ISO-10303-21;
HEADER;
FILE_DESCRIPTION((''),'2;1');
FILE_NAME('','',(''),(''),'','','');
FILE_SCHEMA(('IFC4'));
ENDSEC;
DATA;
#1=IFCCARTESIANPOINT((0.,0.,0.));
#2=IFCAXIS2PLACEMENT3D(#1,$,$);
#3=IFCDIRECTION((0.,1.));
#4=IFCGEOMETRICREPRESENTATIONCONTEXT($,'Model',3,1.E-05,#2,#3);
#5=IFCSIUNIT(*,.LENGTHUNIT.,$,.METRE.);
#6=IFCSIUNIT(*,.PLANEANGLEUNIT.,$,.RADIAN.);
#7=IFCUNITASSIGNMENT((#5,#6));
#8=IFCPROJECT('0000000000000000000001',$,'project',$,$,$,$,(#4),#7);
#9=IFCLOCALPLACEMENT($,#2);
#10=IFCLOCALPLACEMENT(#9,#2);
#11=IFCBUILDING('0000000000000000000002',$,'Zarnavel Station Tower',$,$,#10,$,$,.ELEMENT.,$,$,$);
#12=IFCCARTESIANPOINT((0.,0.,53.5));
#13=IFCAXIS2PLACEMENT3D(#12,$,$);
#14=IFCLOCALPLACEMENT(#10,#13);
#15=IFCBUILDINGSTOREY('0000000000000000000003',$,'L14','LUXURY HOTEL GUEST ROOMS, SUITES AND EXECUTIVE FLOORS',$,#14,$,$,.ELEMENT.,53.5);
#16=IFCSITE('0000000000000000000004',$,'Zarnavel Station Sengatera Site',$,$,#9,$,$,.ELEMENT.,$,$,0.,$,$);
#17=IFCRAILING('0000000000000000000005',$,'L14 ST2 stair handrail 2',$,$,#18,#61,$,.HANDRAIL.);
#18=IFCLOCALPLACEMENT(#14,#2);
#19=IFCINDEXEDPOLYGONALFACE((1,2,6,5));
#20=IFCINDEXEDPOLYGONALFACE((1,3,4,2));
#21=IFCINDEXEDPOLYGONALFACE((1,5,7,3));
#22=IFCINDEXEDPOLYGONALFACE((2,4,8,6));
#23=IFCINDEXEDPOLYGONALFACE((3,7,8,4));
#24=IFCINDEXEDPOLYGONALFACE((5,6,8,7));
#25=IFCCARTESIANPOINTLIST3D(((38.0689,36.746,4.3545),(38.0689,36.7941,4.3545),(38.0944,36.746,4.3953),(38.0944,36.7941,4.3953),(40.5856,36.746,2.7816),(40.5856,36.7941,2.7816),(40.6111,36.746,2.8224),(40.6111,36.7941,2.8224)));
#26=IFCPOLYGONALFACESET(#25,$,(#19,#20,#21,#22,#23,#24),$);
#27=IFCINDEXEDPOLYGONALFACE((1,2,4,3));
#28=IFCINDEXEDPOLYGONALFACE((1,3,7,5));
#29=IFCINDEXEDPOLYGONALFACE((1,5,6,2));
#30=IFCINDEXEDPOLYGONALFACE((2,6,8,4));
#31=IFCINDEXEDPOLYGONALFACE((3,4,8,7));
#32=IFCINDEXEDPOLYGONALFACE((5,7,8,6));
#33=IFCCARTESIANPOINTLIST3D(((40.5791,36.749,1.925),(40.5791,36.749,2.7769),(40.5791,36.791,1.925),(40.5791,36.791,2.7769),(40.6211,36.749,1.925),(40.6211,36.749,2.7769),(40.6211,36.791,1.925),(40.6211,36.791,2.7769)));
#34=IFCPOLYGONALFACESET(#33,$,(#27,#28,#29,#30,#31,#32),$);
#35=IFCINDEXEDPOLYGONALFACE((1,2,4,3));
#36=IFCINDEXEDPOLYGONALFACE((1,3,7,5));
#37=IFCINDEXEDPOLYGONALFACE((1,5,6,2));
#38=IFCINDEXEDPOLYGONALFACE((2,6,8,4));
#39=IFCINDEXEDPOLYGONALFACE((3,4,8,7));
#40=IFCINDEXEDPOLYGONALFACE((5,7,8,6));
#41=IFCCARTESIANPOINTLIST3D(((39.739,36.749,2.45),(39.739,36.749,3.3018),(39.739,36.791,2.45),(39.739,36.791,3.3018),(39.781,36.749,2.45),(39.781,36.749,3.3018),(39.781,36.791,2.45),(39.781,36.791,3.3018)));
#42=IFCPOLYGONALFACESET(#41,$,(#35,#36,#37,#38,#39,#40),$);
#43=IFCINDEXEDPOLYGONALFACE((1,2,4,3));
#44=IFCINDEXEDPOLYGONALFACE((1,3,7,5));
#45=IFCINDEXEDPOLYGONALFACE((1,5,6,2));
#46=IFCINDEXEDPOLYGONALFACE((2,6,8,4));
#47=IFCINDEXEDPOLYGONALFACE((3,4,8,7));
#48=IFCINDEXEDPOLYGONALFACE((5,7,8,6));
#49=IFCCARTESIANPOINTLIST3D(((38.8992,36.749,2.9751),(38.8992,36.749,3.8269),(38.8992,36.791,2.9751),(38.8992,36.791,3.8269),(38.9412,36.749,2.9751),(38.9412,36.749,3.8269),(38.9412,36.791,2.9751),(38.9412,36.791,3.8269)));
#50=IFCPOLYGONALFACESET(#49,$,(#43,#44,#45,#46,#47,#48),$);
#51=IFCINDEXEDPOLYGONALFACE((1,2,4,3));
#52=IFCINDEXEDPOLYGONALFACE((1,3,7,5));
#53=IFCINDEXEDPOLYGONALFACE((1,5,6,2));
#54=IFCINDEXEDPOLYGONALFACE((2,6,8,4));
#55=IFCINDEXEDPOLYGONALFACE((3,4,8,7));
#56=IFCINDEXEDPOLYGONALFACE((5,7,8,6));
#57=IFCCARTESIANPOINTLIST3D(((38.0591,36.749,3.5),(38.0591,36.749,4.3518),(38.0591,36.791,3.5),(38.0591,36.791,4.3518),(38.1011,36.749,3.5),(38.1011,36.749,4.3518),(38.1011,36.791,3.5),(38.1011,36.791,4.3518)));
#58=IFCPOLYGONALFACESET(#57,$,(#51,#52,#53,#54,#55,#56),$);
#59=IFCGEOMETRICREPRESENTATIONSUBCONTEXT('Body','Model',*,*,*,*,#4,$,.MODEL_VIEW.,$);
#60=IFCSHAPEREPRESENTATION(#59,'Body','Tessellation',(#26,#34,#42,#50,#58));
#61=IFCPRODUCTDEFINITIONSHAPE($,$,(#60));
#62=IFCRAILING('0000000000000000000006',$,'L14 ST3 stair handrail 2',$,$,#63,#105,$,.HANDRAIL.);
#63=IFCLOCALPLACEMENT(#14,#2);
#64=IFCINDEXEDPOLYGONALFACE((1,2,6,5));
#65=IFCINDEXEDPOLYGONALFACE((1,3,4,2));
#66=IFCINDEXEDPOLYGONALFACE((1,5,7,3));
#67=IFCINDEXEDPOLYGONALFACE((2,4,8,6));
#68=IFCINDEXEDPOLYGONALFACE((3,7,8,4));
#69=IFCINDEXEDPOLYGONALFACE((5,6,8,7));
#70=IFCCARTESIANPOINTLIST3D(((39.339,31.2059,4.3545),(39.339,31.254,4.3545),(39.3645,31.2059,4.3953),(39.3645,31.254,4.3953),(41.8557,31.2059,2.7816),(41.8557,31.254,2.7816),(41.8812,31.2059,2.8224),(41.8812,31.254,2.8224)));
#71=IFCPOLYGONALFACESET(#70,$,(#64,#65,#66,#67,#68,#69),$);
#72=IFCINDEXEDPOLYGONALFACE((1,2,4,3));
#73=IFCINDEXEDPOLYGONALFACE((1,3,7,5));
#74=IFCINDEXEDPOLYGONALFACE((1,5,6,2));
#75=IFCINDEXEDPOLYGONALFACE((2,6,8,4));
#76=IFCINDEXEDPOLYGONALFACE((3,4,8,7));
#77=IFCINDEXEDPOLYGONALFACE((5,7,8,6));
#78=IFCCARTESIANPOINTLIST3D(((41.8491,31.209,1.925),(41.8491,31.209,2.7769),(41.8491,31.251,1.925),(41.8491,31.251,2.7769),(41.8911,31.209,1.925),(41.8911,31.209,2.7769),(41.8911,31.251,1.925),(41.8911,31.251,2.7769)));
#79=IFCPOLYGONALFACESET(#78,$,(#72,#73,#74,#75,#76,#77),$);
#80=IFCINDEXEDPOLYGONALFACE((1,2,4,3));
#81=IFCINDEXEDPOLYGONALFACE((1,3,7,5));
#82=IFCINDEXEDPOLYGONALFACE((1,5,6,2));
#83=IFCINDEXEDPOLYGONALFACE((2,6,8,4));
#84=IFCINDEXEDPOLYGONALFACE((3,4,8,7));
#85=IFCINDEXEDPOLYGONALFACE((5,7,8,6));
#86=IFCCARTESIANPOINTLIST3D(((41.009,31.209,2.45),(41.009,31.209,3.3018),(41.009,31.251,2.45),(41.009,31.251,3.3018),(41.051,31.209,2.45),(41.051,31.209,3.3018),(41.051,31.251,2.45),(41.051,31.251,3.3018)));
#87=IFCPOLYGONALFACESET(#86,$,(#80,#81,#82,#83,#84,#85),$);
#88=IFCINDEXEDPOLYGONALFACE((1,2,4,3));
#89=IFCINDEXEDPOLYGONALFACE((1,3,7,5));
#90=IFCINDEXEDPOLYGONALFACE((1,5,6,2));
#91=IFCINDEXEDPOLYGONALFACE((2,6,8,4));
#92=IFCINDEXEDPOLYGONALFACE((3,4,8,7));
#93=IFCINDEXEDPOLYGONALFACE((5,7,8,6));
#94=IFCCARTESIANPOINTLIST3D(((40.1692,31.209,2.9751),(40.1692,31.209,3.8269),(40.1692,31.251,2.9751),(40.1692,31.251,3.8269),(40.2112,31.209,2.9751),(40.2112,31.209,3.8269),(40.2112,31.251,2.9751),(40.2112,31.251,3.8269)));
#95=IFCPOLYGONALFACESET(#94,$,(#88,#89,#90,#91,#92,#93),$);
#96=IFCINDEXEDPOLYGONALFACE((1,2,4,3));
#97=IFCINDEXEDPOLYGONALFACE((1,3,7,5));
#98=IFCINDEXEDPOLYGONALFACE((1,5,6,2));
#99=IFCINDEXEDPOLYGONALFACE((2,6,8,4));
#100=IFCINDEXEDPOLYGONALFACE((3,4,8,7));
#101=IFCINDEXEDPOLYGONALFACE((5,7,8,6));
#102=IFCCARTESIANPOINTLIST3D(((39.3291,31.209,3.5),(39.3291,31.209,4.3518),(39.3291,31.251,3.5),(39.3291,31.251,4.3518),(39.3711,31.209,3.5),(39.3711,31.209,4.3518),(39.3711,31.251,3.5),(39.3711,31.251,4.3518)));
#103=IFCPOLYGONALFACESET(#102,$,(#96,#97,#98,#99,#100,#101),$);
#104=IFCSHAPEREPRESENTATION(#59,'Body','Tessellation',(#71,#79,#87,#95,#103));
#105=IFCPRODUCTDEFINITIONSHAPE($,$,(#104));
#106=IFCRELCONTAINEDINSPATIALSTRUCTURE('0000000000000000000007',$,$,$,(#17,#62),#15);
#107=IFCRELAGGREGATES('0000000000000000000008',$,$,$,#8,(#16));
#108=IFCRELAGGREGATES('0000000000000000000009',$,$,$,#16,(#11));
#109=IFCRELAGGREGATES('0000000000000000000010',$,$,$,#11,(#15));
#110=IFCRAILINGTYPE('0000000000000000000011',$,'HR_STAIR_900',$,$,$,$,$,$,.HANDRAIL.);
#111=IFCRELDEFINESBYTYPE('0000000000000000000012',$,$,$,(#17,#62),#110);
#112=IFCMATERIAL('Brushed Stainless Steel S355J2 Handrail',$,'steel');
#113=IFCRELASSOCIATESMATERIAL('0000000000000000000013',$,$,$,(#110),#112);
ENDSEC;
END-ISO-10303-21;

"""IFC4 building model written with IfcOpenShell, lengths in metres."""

from ifc_helpers import new_model, si_unit, direction, frame, origin, origin_2d, place, context, subcontext, project, spatial, rectangle, extrude, material, type_object, element, save


model = new_model("IFC4")

# Units and contexts
model_context = context("Model", 3, precision=1e-05, world=origin(), true_north=direction((0.0, 1.0)))
body_context = subcontext(model_context, "Body", "Model", "MODEL_VIEW")
ifc_project = project(units=[si_unit("LENGTHUNIT", "METRE"), si_unit("PLANEANGLEUNIT", "RADIAN")], contexts=[model_context])

# Site, building, storey
site_placement = place(None, origin())
site = spatial("IfcSite", under=ifc_project, at=site_placement, Name="Zarnavel Station Sengatera Site", CompositionType="ELEMENT", RefElevation=0.0)
building_placement = place(site_placement, origin())
building = spatial("IfcBuilding", under=site, at=building_placement, Name="Zarnavel Station Tower", CompositionType="ELEMENT")
storey_placement = place(building_placement, frame((0.0, 0.0, 53.5)))
storey = spatial("IfcBuildingStorey", under=building, at=storey_placement, Name="L14", Description="LUXURY HOTEL GUEST ROOMS, SUITES AND EXECUTIVE FLOORS", CompositionType="ELEMENT", Elevation=53.5)

# Railings
ifc_material_1 = material(Name="Brushed Stainless Steel S355J2 Handrail", Category="steel")
railing_type_1 = type_object("IfcRailingType", Name="HR_STAIR_900", PredefinedType="HANDRAIL", material=ifc_material_1)
for number, where, name in (
    (1, (40.6001, 36.77, 1.925), "L14 ST2 stair handrail 2"),
    (2, (41.8701, 31.23, 1.925), "L14 ST3 stair handrail 2"),
):
    element("IfcRailing", number, at=place(storey_placement, frame(where)), inside=storey, type_object=railing_type_1, Name=name, PredefinedType="HANDRAIL", context=body_context, shape_type="SweptSolid", body=[
        extrude(rectangle(XDim=0.0481, YDim=0.0481, at=origin_2d()), frame((-0.0017, 0.0, 0.877), z_axis=(-0.848008, 0.0, 0.529984), x_axis=(0.0, -1.0, 0.0)), (0.0, 0.0, 1.0), 2.9678),
        extrude(rectangle(XDim=0.042, YDim=0.042, at=origin_2d()), origin(), (0.0, 0.0, 1.0), 0.8518),
        extrude(rectangle(XDim=0.042, YDim=0.042, at=origin_2d()), frame((-0.8401, 0.0, 0.5249)), (0.0, 0.0, 1.0), 0.8518),
        extrude(rectangle(XDim=0.042, YDim=0.042, at=origin_2d()), frame((-1.6799, 0.0, 1.05)), (0.0, 0.0, 1.0), 0.8518),
        extrude(rectangle(XDim=0.042, YDim=0.042, at=origin_2d()), frame((-2.52, 0.0, 1.575)), (0.0, 0.0, 1.0), 0.8518),
    ])

save(model, "model.ifc")
